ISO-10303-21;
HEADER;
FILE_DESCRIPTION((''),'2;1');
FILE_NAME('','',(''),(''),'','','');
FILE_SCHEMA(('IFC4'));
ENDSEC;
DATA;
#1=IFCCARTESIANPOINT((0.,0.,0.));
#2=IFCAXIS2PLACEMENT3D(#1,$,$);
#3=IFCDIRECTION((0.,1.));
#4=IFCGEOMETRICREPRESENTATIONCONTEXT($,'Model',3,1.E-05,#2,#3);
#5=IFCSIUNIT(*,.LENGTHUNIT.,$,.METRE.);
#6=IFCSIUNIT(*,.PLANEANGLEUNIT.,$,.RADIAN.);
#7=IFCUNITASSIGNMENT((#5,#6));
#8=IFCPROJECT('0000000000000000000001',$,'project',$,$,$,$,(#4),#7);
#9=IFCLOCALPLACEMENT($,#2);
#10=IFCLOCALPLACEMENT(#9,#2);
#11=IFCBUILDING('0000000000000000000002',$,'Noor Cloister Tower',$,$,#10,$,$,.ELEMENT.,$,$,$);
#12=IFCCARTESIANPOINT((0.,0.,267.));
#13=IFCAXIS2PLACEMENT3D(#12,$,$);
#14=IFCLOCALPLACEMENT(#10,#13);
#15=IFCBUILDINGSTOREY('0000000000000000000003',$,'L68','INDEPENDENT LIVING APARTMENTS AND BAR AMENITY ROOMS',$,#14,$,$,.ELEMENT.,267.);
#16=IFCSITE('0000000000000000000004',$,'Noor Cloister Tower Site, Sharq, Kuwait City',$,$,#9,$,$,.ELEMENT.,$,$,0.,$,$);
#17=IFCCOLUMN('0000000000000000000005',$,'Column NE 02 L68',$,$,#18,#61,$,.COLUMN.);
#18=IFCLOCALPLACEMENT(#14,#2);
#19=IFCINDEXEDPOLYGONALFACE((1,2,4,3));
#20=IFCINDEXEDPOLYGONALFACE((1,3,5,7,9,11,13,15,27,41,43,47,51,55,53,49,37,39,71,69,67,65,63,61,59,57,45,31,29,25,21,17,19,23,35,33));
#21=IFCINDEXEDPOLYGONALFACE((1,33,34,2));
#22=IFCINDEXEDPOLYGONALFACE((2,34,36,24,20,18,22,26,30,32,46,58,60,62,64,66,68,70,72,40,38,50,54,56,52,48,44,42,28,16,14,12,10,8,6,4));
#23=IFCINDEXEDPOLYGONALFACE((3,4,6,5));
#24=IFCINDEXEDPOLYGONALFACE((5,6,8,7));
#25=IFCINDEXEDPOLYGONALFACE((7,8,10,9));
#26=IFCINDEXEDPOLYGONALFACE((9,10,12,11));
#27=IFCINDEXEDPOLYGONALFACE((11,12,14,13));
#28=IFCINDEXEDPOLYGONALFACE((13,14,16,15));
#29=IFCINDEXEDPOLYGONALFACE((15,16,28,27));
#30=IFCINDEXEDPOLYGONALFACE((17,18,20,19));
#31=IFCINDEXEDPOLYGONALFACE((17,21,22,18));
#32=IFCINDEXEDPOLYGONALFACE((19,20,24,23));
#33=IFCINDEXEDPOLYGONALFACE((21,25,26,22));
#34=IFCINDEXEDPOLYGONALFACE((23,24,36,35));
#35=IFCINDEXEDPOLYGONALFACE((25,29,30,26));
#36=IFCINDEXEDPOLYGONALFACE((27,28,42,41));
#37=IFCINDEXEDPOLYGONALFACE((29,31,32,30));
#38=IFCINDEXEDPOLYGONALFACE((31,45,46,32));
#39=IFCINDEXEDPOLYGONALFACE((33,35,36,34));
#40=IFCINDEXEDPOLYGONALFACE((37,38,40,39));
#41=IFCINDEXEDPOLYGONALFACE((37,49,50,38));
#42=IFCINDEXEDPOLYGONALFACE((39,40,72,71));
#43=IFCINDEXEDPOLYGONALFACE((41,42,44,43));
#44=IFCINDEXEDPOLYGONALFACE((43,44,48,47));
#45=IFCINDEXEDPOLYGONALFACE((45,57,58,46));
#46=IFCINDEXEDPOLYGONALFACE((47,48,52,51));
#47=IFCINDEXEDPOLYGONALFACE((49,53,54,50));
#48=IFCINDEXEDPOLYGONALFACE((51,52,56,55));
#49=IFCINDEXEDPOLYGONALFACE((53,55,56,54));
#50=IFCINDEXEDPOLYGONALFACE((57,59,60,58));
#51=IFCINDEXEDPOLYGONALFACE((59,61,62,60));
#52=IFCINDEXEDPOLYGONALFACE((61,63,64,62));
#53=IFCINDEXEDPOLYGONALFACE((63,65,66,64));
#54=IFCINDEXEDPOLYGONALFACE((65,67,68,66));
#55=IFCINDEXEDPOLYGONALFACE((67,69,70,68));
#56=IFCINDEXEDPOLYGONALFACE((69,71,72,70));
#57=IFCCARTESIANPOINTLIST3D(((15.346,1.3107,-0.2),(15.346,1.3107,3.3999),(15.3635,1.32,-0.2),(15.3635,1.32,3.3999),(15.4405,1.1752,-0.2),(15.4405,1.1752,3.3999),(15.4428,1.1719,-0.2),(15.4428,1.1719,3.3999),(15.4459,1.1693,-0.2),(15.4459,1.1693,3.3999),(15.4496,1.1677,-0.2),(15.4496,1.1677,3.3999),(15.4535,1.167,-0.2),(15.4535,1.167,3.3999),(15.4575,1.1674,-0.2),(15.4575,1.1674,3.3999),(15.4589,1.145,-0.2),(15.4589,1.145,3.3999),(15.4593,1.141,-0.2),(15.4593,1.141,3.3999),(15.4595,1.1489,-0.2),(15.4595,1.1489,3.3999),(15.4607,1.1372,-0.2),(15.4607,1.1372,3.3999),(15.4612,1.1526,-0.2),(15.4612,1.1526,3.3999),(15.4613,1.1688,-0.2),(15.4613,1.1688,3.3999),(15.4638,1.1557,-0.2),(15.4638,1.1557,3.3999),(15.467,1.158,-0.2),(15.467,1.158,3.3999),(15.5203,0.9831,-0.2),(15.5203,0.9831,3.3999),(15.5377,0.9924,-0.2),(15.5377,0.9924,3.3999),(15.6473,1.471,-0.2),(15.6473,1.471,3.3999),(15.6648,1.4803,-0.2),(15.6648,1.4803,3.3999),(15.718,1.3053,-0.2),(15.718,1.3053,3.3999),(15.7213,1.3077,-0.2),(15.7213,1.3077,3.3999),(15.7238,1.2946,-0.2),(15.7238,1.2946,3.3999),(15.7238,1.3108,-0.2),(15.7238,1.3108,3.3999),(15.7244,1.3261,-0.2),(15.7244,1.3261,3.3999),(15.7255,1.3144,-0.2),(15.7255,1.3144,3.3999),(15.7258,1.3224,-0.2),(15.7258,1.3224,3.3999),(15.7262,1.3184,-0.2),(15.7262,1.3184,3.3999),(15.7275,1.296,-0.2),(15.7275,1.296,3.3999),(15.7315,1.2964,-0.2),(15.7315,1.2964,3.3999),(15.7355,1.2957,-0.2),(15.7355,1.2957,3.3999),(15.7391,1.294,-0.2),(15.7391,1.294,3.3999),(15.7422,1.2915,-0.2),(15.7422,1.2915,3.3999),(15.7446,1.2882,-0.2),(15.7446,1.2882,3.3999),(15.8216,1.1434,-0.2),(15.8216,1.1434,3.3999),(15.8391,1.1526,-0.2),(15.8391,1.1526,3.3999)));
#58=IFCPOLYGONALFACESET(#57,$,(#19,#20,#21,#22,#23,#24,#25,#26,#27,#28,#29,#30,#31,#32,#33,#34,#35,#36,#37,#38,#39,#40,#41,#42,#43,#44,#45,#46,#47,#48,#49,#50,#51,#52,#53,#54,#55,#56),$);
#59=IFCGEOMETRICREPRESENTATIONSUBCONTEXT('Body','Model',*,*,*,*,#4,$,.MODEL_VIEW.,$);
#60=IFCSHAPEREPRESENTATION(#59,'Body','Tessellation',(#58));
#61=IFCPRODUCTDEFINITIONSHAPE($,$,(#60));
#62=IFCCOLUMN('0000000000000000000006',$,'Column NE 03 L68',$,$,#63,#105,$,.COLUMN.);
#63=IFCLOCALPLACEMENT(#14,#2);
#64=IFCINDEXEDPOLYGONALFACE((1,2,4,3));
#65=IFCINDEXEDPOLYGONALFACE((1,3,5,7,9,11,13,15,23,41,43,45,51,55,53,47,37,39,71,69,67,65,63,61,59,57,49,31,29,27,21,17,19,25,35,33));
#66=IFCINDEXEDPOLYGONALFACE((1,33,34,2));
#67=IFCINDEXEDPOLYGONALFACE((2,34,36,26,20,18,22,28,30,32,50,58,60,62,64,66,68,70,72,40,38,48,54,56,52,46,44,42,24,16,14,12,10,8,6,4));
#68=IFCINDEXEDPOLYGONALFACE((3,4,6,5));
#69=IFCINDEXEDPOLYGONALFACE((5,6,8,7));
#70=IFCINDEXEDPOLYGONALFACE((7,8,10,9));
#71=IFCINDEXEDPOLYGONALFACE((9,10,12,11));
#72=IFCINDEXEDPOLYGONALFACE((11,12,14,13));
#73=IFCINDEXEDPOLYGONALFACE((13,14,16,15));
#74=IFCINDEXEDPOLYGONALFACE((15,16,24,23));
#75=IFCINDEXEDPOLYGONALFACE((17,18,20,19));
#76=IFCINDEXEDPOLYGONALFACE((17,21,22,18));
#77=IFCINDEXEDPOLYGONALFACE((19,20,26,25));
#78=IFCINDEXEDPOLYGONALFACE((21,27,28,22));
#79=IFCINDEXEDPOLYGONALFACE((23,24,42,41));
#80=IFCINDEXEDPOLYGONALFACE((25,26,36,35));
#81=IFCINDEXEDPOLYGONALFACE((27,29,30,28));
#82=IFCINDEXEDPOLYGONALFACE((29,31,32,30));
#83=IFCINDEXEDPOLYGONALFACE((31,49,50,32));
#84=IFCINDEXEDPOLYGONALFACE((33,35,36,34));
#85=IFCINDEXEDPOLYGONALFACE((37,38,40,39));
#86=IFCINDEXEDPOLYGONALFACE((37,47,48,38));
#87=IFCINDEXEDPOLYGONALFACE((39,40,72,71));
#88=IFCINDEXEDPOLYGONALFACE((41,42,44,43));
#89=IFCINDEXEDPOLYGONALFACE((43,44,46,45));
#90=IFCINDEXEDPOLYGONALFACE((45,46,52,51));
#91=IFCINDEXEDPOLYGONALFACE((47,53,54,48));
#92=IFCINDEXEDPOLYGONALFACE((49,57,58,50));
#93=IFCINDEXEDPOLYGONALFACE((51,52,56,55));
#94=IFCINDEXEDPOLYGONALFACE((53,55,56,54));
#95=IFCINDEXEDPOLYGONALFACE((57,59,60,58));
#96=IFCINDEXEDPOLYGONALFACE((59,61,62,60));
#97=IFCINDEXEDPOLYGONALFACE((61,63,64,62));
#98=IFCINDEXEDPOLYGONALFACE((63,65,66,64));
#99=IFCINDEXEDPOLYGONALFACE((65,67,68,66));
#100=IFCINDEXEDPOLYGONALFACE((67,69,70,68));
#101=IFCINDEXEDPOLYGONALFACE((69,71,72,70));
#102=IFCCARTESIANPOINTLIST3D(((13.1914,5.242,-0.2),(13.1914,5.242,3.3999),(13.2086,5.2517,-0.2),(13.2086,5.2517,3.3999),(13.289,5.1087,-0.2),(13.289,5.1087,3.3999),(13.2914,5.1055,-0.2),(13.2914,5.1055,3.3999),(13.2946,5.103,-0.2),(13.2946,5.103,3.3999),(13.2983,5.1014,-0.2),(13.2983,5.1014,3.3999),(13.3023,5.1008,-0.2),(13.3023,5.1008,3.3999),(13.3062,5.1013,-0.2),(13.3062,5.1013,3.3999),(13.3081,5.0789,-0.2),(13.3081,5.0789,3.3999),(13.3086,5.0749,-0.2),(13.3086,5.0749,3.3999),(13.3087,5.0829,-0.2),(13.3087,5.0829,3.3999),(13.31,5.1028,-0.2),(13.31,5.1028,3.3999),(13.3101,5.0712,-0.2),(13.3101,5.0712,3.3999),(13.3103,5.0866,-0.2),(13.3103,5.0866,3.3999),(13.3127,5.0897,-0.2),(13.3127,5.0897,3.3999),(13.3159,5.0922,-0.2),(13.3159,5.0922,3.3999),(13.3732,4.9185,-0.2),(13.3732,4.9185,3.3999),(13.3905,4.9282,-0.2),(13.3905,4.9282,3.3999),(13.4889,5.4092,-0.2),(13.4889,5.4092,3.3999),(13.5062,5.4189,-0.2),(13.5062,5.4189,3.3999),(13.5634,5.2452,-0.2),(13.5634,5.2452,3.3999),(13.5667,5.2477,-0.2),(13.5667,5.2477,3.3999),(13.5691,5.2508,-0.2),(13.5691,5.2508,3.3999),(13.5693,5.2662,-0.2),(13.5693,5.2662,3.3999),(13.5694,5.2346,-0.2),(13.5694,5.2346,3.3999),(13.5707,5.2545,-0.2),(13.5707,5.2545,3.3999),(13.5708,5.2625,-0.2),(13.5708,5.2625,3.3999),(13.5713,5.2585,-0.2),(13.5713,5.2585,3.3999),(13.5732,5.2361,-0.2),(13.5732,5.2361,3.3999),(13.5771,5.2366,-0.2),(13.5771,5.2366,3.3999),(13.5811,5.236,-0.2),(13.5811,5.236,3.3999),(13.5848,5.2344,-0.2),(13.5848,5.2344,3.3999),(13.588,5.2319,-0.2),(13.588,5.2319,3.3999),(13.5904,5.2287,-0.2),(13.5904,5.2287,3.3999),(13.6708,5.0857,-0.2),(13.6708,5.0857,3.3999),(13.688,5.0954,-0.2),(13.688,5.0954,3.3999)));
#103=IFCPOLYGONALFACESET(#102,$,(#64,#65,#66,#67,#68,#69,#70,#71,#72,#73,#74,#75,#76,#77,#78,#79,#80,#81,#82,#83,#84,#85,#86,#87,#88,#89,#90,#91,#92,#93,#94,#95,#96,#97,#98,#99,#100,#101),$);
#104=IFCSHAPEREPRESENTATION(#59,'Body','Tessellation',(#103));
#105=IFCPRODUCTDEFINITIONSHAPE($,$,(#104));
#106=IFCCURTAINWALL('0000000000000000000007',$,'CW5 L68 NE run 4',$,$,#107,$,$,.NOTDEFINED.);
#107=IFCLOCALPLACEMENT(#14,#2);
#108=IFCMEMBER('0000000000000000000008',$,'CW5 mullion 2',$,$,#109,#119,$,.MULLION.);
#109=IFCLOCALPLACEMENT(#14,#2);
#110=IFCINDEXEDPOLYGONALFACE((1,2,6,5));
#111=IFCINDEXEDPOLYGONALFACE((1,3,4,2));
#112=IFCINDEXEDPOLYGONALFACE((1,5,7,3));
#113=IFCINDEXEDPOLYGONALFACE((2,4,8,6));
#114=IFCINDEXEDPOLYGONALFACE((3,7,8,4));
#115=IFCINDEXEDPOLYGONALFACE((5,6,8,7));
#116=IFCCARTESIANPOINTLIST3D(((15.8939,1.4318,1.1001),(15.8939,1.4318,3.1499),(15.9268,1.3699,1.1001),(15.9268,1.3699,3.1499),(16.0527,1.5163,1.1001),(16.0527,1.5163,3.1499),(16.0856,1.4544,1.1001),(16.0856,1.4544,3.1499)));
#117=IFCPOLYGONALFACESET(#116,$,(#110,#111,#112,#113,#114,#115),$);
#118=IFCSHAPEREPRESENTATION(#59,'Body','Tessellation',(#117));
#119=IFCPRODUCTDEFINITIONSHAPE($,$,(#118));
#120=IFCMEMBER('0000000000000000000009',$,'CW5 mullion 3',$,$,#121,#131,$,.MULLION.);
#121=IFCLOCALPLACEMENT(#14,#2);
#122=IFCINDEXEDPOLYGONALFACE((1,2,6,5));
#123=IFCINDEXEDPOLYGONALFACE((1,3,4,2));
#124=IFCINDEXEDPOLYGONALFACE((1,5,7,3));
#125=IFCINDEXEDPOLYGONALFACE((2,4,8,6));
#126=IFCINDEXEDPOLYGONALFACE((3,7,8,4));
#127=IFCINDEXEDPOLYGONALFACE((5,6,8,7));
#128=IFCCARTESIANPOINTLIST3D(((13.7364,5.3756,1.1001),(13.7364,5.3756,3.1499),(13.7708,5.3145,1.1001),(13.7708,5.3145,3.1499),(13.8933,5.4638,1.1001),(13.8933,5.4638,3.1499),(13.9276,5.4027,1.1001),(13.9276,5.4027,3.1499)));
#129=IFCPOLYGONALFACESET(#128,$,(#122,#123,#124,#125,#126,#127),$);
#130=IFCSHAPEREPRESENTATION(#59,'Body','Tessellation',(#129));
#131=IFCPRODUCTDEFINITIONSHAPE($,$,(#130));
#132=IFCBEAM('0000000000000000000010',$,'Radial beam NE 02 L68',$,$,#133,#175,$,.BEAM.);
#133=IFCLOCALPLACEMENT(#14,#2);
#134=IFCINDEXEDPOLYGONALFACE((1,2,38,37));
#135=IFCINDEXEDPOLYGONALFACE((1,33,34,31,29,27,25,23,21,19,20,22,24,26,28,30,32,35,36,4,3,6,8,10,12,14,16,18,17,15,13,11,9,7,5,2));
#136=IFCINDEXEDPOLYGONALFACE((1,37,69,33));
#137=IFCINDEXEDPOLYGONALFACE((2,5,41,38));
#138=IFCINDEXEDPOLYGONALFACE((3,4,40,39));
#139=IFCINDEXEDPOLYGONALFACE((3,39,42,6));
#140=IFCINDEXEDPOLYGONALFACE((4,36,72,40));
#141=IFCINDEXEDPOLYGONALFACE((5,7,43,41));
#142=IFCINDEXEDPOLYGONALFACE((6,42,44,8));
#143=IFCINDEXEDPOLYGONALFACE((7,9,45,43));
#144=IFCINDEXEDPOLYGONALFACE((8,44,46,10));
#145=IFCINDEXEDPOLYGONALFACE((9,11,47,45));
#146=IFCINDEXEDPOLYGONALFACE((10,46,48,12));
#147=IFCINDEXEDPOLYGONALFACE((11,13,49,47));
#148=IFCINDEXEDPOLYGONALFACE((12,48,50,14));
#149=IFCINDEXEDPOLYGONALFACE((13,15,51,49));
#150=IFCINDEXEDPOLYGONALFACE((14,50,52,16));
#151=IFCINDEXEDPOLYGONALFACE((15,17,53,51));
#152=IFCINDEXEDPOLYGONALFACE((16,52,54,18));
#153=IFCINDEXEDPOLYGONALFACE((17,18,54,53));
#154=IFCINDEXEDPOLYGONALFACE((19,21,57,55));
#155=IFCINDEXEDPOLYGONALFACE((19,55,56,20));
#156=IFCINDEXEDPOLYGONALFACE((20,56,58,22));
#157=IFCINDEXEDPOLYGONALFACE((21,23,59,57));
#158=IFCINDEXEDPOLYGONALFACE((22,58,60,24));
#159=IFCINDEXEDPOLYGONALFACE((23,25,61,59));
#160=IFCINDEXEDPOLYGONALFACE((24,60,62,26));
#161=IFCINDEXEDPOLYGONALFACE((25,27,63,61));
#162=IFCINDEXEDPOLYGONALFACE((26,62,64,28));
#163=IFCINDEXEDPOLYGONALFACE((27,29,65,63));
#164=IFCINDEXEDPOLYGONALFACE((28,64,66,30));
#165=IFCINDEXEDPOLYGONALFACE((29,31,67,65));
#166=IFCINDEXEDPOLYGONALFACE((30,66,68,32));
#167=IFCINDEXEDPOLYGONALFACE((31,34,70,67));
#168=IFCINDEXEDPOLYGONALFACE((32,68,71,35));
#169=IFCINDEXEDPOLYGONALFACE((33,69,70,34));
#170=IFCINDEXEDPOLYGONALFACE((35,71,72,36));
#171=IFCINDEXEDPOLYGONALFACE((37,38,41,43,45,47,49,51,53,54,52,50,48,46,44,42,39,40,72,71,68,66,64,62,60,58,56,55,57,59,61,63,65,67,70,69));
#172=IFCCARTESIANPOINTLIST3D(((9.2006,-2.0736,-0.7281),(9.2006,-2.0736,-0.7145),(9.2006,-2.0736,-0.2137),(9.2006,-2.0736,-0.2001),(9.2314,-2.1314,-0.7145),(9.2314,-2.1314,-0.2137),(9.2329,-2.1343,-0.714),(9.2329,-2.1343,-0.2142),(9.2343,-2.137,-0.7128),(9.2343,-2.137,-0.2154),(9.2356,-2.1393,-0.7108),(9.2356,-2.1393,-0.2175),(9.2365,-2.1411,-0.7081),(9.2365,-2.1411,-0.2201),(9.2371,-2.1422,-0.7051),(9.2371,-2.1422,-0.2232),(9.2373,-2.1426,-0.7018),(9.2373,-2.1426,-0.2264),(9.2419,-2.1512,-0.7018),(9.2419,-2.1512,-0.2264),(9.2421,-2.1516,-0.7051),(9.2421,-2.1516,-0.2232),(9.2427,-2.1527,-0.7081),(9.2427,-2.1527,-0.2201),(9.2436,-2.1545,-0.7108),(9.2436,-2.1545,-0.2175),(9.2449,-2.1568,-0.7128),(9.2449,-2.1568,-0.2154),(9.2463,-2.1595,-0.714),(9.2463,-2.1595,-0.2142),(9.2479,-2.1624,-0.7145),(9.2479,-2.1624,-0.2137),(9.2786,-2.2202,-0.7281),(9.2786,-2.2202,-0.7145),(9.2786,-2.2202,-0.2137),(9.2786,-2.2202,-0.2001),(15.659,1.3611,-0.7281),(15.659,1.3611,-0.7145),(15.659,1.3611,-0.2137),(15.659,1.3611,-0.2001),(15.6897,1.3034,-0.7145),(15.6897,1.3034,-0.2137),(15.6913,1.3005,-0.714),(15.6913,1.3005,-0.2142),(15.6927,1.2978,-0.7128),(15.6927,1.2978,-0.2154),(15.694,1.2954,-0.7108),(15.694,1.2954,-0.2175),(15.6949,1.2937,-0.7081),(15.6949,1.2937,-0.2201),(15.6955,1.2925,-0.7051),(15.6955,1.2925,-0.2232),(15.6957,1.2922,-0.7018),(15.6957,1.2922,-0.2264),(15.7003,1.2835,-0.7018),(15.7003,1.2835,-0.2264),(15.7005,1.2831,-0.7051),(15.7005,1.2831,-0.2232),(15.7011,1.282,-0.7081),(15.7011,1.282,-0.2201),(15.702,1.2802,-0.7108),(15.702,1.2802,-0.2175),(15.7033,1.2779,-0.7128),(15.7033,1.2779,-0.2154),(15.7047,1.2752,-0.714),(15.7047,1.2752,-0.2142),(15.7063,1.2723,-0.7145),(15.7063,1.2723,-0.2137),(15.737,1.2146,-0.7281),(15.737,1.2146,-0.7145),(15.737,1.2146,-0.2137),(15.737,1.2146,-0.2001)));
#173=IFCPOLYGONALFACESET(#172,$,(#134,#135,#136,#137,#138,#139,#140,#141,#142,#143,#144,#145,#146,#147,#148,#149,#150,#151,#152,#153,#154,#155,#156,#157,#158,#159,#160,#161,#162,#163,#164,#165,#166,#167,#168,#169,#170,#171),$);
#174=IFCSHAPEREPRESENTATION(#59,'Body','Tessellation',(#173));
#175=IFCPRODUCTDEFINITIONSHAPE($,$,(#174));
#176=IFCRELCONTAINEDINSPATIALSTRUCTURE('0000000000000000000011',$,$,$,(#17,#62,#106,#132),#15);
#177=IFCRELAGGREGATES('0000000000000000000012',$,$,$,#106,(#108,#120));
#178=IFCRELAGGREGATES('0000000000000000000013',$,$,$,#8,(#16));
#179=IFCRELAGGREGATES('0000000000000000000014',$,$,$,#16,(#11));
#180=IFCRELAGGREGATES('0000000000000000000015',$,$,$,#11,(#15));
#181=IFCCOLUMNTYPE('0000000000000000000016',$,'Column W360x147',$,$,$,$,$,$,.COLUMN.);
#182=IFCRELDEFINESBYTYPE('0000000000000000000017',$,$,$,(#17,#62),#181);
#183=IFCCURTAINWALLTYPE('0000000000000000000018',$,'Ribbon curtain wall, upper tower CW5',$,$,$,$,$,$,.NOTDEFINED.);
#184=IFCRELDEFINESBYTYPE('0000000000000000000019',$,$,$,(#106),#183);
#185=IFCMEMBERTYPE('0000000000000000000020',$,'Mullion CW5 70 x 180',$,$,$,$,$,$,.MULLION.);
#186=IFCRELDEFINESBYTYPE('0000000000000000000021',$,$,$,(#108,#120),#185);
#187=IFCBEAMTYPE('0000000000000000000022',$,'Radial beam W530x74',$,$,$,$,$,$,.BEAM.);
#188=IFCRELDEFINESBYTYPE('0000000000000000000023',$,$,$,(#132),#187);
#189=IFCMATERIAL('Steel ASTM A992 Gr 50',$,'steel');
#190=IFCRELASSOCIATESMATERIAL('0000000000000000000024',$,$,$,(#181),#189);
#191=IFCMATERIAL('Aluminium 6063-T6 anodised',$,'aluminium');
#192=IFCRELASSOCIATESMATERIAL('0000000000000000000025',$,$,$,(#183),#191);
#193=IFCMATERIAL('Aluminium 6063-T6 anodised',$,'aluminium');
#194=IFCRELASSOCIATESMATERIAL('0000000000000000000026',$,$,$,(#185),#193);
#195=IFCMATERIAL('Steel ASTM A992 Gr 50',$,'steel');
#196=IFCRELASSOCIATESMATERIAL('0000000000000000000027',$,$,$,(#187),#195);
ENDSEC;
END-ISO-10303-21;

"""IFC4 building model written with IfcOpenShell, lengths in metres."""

from ifc_helpers import new_model, si_unit, direction, frame, origin, origin_2d, place, context, subcontext, project, spatial, rectangle, i_section, extrude, material, material_profile, profile_set, type_object, element, aggregate, save


model = new_model("IFC4")

# Units and contexts
model_context = context("Model", 3, precision=1e-05, world=origin(), true_north=direction((0.0, 1.0)))
body_context = subcontext(model_context, "Body", "Model", "MODEL_VIEW")
ifc_project = project(units=[si_unit("LENGTHUNIT", "METRE"), si_unit("PLANEANGLEUNIT", "RADIAN")], contexts=[model_context])

# Site, building, storey
site_placement = place(None, origin())
site = spatial("IfcSite", under=ifc_project, at=site_placement, Name="Noor Cloister Tower Site, Sharq, Kuwait City", CompositionType="ELEMENT", RefElevation=0.0)
building_placement = place(site_placement, origin())
building = spatial("IfcBuilding", under=site, at=building_placement, Name="Noor Cloister Tower", CompositionType="ELEMENT")
storey_placement = place(building_placement, frame((0.0, 0.0, 267.0)))
storey = spatial("IfcBuildingStorey", under=building, at=storey_placement, Name="L68", Description="INDEPENDENT LIVING APARTMENTS AND BAR AMENITY ROOMS", CompositionType="ELEMENT", Elevation=267.0)

# Columns
ifc_material_1 = material(Name="Steel ASTM A992 Gr 50", Category="steel")
ifc_material_profile_1 = material_profile(ifc_material_1, i_section(OverallWidth=0.3711, OverallDepth=0.3611, WebThickness=0.0122, FlangeThickness=0.0198, FilletRadius=0.0154, at=origin_2d()), Name="W360x147")
ifc_profile_set_1 = profile_set([ifc_material_profile_1], Name="Steel ASTM A992 Gr 50")
column_type = type_object("IfcColumnType", Name="Column W360x147", PredefinedType="COLUMN", material=ifc_profile_set_1)
for number, where, z_axis, x_axis, name in (
    (1, (15.5925, 1.2317, -0.2), (0.0, 0.0, 1.0), (-0.469576, 0.882892, 0.0), "Column NE 02 L68"),
    (2, (13.4397, 5.1687, -0.2), (0.0, 0.0, 1.0), (-0.489924, 0.871765, 0.0), "Column NE 03 L68"),
):
    element("IfcColumn", number, at=place(storey_placement, frame(where, z_axis=z_axis, x_axis=x_axis)), inside=storey, type_object=column_type, Name=name, PredefinedType="COLUMN", context=body_context, shape_type="SweptSolid", body=[
        extrude(i_section(OverallWidth=0.3711, OverallDepth=0.3611, WebThickness=0.0122, FlangeThickness=0.0198, FilletRadius=0.0154, at=origin_2d()), origin(), (0.0, 0.0, 1.0), 3.5999),
    ])

# Curtain wall, members
ifc_material_2 = material(Name="Aluminium 6063-T6 anodised", Category="aluminium")
curtain_wall_type = type_object("IfcCurtainWallType", Name="Ribbon curtain wall, upper tower CW5", PredefinedType="NOTDEFINED", material=ifc_material_2)
curtain_wall_placement = place(storey_placement, origin())
curtain_wall = element("IfcCurtainWall", 3, at=curtain_wall_placement, inside=storey, type_object=curtain_wall_type, Name="CW5 L68 NE run 4", PredefinedType="NOTDEFINED")
ifc_material_3 = material(Name="Aluminium 6063-T6 anodised", Category="aluminium")
ifc_material_profile_2 = material_profile(ifc_material_3, rectangle(XDim=0.1799, YDim=0.0701, at=origin_2d()), Name="180 x 70 mullion")
ifc_profile_set_2 = profile_set([ifc_material_profile_2], Name="Aluminium 6063-T6 anodised")
member_type = type_object("IfcMemberType", Name="Mullion CW5 70 x 180", PredefinedType="MULLION", material=ifc_profile_set_2)
member_1_placement = place(storey_placement, frame((15.9897, 1.4431, 1.1001), z_axis=(0.0, 0.0, 1.0), x_axis=(-0.882892, -0.469576, 0.0)))
member_1 = element("IfcMember", 4, at=member_1_placement, type_object=member_type, Name="CW5 mullion 2", PredefinedType="MULLION", context=body_context, shape_type="SweptSolid", body=[
    extrude(rectangle(XDim=0.1799, YDim=0.0701, at=origin_2d()), origin(), (0.0, 0.0, 1.0), 2.0498),
])
member_2_placement = place(storey_placement, frame((13.832, 5.3892, 1.1001), z_axis=(0.0, 0.0, 1.0), x_axis=(-0.871765, -0.489924, 0.0)))
member_2 = element("IfcMember", 5, at=member_2_placement, type_object=member_type, Name="CW5 mullion 3", PredefinedType="MULLION", context=body_context, shape_type="SweptSolid", body=[
    extrude(rectangle(XDim=0.1799, YDim=0.0701, at=origin_2d()), origin(), (0.0, 0.0, 1.0), 2.0498),
])

# Beam
ifc_material_4 = material(Name="Steel ASTM A992 Gr 50", Category="steel")
ifc_material_profile_3 = material_profile(ifc_material_4, i_section(OverallWidth=0.166, OverallDepth=0.5281, WebThickness=0.0098, FlangeThickness=0.0137, FilletRadius=0.0127, at=origin_2d()), Name="W530x74")
ifc_profile_set_3 = profile_set([ifc_material_profile_3], Name="Steel ASTM A992 Gr 50")
beam_type_1 = type_object("IfcBeamType", Name="Radial beam W530x74", PredefinedType="BEAM", material=ifc_profile_set_3)
beam_1_placement = place(storey_placement, frame((15.698, 1.2878, -0.4641), z_axis=(-0.882904, -0.469554, 0.0), x_axis=(0.469554, -0.882904, 0.0)))
element("IfcBeam", 6, at=beam_1_placement, inside=storey, type_object=beam_type_1, Name="Radial beam NE 02 L68", PredefinedType="BEAM", context=body_context, shape_type="SweptSolid", body=[
    extrude(i_section(OverallWidth=0.166, OverallDepth=0.5281, WebThickness=0.0098, FlangeThickness=0.0137, FilletRadius=0.0127, at=origin_2d()), origin(), (0.0, 0.0, 1.0), 7.3149),
])

aggregate(curtain_wall, [member_1, member_2])

save(model, "model.ifc")
